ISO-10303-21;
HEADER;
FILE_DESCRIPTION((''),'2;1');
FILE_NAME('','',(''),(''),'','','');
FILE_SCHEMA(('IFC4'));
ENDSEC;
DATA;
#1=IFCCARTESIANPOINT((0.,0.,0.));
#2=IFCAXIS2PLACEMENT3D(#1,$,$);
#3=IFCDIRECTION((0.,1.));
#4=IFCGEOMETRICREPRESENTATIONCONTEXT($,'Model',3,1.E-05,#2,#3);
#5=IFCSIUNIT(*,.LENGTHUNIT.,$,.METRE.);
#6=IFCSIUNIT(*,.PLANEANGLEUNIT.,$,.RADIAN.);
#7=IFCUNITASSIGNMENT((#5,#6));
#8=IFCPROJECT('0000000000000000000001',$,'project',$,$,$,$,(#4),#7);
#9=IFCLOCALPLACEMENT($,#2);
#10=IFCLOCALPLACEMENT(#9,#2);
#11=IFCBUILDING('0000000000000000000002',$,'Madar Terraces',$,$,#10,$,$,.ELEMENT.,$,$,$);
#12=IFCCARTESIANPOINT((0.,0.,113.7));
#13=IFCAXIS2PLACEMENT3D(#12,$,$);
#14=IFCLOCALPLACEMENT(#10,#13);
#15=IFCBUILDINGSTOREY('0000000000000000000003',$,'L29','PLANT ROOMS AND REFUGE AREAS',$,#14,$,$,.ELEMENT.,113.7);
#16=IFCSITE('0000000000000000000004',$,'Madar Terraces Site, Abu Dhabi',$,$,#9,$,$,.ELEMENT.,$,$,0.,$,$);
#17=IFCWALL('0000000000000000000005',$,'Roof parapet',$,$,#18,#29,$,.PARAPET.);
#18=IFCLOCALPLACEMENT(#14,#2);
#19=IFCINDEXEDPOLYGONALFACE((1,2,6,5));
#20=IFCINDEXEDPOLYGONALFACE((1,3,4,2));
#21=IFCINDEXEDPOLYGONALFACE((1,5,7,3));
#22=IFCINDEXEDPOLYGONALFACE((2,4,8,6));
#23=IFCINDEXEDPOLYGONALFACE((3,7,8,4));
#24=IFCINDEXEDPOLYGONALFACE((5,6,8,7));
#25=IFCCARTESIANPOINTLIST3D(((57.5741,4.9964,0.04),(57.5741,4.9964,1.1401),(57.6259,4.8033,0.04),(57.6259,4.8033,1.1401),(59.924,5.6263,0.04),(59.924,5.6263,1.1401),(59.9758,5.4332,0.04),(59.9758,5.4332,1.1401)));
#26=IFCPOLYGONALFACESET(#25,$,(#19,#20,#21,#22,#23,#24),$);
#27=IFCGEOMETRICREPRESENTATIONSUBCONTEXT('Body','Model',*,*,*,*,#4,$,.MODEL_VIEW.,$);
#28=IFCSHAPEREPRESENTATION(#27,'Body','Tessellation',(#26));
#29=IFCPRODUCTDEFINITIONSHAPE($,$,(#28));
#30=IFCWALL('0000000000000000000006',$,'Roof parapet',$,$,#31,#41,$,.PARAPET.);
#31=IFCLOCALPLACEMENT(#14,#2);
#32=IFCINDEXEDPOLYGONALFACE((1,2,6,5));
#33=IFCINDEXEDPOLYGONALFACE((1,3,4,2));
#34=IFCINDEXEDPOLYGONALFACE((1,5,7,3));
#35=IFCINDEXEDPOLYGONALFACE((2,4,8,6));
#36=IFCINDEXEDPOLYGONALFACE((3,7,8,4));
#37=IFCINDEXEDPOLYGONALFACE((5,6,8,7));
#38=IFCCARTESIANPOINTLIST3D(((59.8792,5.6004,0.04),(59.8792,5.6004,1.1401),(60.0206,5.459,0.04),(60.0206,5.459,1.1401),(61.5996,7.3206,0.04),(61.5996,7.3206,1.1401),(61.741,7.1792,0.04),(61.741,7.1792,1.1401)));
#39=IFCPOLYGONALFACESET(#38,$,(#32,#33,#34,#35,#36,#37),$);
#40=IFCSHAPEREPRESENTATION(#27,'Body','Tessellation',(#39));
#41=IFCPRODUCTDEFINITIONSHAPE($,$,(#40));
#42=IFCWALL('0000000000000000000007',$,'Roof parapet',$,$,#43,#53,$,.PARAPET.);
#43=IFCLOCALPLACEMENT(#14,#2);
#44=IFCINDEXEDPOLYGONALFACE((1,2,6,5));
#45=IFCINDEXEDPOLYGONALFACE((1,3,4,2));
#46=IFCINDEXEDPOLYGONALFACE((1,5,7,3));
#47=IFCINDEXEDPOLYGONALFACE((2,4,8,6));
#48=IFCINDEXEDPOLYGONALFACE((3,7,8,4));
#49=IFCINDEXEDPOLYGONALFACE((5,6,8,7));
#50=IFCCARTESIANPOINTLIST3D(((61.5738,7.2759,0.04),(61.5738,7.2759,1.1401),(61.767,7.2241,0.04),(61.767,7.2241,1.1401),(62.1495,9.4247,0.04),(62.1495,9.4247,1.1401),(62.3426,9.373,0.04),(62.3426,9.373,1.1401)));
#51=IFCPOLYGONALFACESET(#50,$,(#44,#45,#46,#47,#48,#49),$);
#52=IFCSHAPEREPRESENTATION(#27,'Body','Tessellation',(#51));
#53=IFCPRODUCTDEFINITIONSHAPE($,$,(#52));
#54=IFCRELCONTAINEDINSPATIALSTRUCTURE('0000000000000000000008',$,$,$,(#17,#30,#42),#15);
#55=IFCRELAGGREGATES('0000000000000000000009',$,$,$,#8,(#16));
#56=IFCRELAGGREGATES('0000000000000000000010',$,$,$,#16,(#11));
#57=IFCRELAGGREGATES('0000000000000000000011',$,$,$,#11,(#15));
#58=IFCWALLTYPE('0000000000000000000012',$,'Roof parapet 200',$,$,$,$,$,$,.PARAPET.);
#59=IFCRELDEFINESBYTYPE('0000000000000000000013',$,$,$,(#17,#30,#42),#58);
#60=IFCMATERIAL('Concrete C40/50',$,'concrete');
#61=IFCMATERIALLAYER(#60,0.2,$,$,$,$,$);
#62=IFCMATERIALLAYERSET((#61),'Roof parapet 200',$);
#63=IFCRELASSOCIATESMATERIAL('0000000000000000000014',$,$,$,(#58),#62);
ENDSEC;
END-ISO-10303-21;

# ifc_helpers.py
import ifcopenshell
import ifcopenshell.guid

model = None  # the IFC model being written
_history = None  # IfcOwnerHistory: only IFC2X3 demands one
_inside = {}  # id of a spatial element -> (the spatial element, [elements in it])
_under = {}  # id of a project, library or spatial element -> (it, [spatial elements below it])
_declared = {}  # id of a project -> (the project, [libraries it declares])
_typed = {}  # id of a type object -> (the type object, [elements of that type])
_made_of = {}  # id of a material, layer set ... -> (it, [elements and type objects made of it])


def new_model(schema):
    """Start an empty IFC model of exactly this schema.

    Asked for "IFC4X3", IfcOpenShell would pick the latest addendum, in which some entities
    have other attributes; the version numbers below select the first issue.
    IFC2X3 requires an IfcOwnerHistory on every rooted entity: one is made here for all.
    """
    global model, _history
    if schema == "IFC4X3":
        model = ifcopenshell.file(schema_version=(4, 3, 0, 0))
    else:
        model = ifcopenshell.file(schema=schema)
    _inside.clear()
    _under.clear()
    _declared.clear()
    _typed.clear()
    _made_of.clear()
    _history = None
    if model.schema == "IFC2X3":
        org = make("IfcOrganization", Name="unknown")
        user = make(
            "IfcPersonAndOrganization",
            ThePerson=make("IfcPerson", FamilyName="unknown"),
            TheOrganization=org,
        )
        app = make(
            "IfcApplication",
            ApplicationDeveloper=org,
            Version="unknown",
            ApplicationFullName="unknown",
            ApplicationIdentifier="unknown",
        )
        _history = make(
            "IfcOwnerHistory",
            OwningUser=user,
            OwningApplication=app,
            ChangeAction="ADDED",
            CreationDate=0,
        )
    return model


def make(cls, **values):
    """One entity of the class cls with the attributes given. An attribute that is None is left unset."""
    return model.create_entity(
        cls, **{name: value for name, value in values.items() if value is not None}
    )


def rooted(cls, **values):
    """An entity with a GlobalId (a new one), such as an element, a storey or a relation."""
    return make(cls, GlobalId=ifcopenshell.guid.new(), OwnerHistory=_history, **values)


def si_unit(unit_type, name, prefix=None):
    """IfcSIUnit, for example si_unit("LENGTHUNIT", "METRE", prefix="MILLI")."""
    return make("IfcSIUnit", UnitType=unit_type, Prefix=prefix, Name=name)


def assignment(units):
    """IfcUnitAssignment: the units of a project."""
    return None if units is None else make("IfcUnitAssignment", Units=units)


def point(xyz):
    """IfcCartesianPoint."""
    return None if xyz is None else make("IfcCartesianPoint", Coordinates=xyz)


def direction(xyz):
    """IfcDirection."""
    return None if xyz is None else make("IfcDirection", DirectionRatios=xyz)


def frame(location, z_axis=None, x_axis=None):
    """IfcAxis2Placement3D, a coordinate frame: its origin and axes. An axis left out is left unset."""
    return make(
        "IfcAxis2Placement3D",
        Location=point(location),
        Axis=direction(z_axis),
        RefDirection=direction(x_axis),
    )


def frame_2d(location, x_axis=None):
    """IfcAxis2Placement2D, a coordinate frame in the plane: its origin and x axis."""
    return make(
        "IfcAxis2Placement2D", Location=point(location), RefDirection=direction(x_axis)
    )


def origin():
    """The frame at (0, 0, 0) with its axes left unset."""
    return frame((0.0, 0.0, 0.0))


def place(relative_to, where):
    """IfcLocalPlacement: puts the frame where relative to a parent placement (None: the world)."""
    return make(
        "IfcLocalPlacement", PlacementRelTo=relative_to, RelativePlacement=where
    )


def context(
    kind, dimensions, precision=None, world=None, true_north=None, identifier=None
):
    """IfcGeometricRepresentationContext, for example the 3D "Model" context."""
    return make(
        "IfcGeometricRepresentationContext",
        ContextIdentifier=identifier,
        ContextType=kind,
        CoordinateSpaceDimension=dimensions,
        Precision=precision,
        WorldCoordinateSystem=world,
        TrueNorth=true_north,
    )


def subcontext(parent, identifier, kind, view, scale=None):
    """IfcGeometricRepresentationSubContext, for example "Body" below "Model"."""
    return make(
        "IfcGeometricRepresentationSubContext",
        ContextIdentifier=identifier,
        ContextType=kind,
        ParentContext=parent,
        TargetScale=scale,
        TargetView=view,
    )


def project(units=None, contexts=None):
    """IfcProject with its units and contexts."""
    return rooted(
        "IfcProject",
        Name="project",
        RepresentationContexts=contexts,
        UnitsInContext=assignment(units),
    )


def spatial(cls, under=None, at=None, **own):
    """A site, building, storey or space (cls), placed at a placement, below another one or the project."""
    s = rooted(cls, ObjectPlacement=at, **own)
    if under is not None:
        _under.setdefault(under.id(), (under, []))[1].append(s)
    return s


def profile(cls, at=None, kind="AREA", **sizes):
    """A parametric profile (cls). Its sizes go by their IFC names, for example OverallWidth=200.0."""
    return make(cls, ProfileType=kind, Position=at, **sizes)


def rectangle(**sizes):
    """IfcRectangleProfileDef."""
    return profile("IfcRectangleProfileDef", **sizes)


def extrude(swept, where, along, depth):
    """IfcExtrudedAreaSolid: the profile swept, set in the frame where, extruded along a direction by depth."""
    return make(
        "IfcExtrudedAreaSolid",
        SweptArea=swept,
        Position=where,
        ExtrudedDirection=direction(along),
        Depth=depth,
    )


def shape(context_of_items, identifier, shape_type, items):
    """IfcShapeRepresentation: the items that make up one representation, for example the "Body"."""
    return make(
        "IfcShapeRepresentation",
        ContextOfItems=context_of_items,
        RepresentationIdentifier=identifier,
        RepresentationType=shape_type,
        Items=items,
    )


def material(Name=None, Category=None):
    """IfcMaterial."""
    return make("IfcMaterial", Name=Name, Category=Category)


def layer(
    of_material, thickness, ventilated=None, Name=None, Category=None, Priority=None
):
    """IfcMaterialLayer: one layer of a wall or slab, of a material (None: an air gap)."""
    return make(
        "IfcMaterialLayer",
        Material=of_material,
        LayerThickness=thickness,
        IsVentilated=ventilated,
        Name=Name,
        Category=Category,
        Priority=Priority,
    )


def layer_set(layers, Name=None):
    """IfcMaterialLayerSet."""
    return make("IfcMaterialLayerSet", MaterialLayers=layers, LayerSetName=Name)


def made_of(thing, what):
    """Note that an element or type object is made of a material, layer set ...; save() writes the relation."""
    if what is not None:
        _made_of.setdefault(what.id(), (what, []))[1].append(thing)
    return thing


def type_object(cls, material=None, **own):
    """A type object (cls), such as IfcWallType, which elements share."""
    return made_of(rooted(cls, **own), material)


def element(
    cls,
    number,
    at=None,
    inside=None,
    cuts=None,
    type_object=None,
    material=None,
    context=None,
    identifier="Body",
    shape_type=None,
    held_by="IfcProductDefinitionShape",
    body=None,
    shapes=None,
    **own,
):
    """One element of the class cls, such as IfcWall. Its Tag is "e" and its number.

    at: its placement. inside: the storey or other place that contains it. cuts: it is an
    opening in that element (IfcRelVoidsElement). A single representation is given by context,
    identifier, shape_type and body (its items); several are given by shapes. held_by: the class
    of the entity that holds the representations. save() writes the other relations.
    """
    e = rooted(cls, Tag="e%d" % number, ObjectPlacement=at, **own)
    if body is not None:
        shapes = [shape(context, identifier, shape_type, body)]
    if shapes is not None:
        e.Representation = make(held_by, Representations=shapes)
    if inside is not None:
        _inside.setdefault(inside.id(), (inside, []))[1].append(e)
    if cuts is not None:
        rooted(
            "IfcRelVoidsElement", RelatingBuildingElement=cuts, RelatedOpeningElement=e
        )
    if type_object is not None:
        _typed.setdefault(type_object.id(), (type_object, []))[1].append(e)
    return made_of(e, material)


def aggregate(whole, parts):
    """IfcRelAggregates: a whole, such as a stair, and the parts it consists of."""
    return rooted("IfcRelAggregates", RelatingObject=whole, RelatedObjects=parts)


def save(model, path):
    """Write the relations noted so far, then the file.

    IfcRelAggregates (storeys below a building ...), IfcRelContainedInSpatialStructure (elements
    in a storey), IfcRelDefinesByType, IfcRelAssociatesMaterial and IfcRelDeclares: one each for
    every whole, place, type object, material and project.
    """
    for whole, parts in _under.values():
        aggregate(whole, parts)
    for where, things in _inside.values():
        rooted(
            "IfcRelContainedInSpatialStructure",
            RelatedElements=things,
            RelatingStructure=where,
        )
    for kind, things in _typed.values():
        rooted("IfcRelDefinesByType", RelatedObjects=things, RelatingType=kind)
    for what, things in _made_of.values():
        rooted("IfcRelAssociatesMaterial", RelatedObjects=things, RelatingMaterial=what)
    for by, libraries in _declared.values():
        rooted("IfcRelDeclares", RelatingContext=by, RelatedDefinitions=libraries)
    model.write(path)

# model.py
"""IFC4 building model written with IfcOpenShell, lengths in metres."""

from ifc_helpers import new_model, si_unit, direction, frame, frame_2d, origin, place, context, subcontext, project, spatial, rectangle, extrude, material, layer, layer_set, type_object, element, save


model = new_model("IFC4")

# Units and contexts
model_context = context("Model", 3, precision=1e-05, world=origin(), true_north=direction((0.0, 1.0)))
body_context = subcontext(model_context, "Body", "Model", "MODEL_VIEW")
ifc_project = project(units=[si_unit("LENGTHUNIT", "METRE"), si_unit("PLANEANGLEUNIT", "RADIAN")], contexts=[model_context])

# Site, building, storey
site_placement = place(None, origin())
site = spatial("IfcSite", under=ifc_project, at=site_placement, Name="Madar Terraces Site, Abu Dhabi", CompositionType="ELEMENT", RefElevation=0.0)
building_placement = place(site_placement, origin())
building = spatial("IfcBuilding", under=site, at=building_placement, Name="Madar Terraces", CompositionType="ELEMENT")
storey_placement = place(building_placement, frame((0.0, 0.0, 113.7)))
storey = spatial("IfcBuildingStorey", under=building, at=storey_placement, Name="L29", Description="PLANT ROOMS AND REFUGE AREAS", CompositionType="ELEMENT", Elevation=113.7)

# Walls
ifc_material_1 = material(Name="Concrete C40/50", Category="concrete")
ifc_layer_1 = layer(ifc_material_1, 0.2)
ifc_layer_set_1 = layer_set([ifc_layer_1], Name="Roof parapet 200")
wall_type = type_object("IfcWallType", Name="Roof parapet 200", PredefinedType="PARAPET", material=ifc_layer_set_1)
for number, where, z_axis, x_axis, name in (
    (1, (57.6001, 4.8999, 0.04), (0.0, 0.0, 1.0), (0.965901, 0.258912, 0.0), "Roof parapet"),
    (2, (59.95, 5.5298, 0.04), (0.0, 0.0, 1.0), (0.707157, 0.707057, 0.0), "Roof parapet"),
):
    element("IfcWall", number, at=place(storey_placement, frame(where, z_axis=z_axis, x_axis=x_axis)), inside=storey, type_object=wall_type, Name=name, PredefinedType="PARAPET", context=body_context, shape_type="SweptSolid", body=[
        extrude(rectangle(XDim=2.4329, YDim=0.2, at=frame_2d((1.2163, 0.0))), origin(), (0.0, 0.0, 1.0), 1.1001),
    ])
wall_placement = place(storey_placement, frame((61.6704, 7.25, 0.04), z_axis=(0.0, 0.0, 1.0), x_axis=(0.258769, 0.965939, 0.0)))
element("IfcWall", 3, at=wall_placement, inside=storey, type_object=wall_type, Name="Roof parapet", PredefinedType="PARAPET", context=body_context, shape_type="SweptSolid", body=[
    extrude(rectangle(XDim=2.2246, YDim=0.2, at=frame_2d((1.1123, 0.0))), origin(), (0.0, 0.0, 1.0), 1.1001),
])

save(model, "model.ifc")
